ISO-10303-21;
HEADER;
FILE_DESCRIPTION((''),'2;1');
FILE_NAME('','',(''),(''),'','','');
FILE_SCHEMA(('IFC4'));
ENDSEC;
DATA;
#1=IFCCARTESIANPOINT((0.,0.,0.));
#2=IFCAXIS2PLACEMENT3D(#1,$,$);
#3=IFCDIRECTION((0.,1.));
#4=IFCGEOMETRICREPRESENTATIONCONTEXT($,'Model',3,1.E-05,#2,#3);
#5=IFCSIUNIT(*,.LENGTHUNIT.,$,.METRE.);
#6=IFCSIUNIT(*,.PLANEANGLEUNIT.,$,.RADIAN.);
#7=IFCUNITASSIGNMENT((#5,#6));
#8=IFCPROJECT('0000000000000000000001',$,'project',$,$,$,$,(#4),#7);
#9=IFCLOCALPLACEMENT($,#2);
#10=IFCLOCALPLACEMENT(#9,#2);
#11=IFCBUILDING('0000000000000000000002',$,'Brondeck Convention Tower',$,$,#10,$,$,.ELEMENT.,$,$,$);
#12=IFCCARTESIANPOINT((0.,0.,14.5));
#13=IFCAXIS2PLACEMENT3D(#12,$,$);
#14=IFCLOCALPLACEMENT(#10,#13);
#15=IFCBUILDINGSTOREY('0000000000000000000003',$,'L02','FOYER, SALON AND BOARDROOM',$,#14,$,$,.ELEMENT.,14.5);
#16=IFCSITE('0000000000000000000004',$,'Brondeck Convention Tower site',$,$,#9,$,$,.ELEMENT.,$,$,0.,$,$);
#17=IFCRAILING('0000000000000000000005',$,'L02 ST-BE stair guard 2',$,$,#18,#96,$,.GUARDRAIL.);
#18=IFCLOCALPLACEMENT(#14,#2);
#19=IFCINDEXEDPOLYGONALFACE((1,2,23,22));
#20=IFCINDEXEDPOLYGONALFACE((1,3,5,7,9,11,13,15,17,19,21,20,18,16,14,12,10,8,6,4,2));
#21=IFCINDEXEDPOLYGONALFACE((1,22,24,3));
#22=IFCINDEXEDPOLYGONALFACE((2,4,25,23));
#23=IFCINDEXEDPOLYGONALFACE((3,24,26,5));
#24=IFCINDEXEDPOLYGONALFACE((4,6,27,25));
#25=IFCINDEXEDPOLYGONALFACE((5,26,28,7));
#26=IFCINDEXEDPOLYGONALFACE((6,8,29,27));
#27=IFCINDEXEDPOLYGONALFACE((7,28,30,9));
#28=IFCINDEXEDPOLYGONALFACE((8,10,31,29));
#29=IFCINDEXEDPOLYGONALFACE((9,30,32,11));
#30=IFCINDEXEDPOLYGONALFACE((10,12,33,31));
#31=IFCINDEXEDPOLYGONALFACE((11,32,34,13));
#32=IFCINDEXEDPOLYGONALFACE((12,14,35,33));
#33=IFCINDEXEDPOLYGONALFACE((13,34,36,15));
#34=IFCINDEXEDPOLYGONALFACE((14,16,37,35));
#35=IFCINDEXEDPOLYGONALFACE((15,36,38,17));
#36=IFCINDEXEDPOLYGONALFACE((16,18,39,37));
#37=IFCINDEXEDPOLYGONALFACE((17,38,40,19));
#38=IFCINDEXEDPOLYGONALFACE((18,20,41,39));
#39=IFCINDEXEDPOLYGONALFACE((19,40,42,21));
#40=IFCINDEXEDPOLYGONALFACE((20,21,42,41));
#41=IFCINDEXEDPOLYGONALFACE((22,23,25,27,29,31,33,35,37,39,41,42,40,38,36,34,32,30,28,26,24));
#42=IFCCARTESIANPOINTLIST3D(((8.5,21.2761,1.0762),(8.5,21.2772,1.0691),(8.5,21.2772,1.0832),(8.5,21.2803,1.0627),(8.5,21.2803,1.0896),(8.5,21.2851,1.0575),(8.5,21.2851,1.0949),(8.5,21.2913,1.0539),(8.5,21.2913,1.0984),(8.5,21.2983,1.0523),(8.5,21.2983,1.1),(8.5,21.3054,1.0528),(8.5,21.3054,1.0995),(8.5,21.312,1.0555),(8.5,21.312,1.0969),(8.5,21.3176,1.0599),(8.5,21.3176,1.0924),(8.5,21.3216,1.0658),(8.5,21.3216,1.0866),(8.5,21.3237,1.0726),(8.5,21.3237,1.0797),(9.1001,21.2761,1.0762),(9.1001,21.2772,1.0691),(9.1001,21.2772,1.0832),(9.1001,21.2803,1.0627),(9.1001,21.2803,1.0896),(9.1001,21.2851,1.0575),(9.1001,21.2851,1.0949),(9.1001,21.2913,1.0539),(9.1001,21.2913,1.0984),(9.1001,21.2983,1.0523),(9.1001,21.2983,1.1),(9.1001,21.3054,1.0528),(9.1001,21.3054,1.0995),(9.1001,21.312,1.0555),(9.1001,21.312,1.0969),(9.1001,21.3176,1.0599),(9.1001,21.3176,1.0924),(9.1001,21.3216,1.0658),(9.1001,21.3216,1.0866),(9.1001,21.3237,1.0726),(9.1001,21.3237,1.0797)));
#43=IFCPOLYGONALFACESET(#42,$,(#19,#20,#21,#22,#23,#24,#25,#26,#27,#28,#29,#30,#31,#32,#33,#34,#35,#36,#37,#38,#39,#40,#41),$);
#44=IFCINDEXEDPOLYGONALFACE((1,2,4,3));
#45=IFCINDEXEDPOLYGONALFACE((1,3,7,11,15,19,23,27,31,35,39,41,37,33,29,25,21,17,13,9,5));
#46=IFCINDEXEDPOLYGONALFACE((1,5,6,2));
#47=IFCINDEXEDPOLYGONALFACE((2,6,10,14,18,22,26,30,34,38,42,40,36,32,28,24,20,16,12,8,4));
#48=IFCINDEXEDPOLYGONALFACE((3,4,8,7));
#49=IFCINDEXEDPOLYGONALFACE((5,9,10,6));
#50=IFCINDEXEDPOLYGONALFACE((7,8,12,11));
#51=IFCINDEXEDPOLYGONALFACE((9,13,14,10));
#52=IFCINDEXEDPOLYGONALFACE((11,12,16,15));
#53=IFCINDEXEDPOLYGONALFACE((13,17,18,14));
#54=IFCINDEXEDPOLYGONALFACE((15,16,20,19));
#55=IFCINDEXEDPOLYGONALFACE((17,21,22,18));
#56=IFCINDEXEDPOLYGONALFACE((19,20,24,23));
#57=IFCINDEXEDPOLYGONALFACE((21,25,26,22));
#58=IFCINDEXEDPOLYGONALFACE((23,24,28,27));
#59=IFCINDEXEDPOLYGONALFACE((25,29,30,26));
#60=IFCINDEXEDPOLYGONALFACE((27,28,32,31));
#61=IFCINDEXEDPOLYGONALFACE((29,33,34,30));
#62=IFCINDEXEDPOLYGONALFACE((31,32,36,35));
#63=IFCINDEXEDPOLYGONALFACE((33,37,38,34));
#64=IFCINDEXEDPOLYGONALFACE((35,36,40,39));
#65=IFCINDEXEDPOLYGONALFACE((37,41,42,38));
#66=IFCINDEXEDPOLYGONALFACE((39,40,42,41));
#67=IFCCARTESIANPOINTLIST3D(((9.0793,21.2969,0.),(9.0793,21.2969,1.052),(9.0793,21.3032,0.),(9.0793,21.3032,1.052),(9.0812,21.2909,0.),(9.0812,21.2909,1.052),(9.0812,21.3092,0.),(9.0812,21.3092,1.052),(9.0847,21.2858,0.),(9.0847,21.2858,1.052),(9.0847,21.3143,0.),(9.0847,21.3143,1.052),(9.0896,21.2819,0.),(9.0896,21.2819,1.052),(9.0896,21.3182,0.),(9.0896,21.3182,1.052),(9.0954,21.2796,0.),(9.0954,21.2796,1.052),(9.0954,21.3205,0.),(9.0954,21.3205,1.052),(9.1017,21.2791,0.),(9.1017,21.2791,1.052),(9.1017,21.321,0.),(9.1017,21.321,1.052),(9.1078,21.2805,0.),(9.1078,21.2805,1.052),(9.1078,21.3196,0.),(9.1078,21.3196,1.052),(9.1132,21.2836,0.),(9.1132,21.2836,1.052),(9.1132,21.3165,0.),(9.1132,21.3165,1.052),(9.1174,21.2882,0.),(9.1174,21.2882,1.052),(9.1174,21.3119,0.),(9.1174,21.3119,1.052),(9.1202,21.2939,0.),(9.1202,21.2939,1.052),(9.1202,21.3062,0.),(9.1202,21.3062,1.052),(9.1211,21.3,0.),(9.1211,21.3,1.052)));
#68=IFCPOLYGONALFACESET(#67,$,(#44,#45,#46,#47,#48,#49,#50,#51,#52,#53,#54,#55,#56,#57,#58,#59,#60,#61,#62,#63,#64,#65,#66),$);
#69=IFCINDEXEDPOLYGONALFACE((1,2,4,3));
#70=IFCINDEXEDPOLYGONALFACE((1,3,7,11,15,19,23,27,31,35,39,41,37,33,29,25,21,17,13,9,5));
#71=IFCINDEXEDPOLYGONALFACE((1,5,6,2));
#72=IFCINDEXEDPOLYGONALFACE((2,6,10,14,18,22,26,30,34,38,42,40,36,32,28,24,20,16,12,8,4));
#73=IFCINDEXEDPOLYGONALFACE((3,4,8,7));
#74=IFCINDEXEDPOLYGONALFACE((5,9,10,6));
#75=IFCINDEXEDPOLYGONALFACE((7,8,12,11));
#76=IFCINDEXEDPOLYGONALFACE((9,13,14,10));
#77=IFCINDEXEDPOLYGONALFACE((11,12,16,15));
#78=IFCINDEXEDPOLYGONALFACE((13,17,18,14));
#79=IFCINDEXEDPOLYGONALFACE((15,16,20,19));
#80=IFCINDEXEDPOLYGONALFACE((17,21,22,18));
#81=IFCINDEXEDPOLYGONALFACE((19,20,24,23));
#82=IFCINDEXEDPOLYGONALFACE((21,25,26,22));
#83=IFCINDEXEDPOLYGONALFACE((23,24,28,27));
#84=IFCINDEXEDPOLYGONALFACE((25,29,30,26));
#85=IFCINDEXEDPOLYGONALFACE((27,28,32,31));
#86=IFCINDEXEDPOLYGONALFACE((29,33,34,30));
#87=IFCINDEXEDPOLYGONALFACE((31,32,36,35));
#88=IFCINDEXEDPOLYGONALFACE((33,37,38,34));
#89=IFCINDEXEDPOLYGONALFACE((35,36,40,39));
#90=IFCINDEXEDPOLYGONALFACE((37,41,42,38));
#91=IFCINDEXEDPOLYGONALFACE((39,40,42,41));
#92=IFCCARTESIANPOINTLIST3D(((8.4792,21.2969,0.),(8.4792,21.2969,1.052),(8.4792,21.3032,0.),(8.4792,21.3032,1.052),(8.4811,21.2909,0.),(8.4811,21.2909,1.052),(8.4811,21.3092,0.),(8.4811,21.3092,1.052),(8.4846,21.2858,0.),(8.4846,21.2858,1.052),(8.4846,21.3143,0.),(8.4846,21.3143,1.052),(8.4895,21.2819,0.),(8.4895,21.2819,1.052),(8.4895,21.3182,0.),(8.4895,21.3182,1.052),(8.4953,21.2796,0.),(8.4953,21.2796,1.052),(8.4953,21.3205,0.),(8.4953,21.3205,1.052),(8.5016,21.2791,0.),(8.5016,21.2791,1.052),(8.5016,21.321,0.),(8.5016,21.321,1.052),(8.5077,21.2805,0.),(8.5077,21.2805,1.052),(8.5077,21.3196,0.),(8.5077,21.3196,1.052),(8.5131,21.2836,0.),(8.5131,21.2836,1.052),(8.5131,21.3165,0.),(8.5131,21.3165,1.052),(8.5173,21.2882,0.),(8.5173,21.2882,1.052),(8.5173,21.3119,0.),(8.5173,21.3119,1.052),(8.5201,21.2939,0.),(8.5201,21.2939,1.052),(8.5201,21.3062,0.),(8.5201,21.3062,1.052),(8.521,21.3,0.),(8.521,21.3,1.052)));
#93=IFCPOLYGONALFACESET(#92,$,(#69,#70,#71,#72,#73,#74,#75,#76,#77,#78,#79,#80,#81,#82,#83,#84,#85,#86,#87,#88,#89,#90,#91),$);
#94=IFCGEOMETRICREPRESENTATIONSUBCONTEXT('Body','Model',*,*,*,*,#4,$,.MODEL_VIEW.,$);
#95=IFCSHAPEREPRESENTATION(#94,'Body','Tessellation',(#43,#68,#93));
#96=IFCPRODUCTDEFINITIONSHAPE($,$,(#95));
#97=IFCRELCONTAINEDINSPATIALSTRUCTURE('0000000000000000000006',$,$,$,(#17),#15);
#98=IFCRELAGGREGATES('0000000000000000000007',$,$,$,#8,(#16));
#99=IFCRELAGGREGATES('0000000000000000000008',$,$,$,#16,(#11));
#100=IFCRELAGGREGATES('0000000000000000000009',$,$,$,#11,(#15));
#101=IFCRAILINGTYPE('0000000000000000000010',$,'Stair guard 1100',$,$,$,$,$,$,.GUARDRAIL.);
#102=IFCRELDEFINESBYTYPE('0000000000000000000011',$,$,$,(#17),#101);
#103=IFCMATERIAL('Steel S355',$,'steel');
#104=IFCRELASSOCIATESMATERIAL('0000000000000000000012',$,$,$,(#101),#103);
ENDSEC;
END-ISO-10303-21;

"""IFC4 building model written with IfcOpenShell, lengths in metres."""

from ifc_helpers import new_model, si_unit, direction, frame, origin, origin_2d, place, context, subcontext, project, spatial, circle, extrude, material, type_object, element, save


model = new_model("IFC4")

# Units and contexts
model_context = context("Model", 3, precision=1e-05, world=origin(), true_north=direction((0.0, 1.0)))
body_context = subcontext(model_context, "Body", "Model", "MODEL_VIEW")
ifc_project = project(units=[si_unit("LENGTHUNIT", "METRE"), si_unit("PLANEANGLEUNIT", "RADIAN")], contexts=[model_context])

# Site, building, storey
site_placement = place(None, origin())
site = spatial("IfcSite", under=ifc_project, at=site_placement, Name="Brondeck Convention Tower site", CompositionType="ELEMENT", RefElevation=0.0)
building_placement = place(site_placement, origin())
building = spatial("IfcBuilding", under=site, at=building_placement, Name="Brondeck Convention Tower", CompositionType="ELEMENT")
storey_placement = place(building_placement, frame((0.0, 0.0, 14.5)))
storey = spatial("IfcBuildingStorey", under=building, at=storey_placement, Name="L02", Description="FOYER, SALON AND BOARDROOM", CompositionType="ELEMENT", Elevation=14.5)

# Shared definitions
ifc_material_1 = material(Name="Steel S355", Category="steel")

# Railing
railing_type_1 = type_object("IfcRailingType", Name="Stair guard 1100", PredefinedType="GUARDRAIL", material=ifc_material_1)
railing_1_placement = place(storey_placement, frame((9.1001, 21.3, 0.0)))
element("IfcRailing", 1, at=railing_1_placement, inside=storey, type_object=railing_type_1, Name="L02 ST-BE stair guard 2", PredefinedType="GUARDRAIL", context=body_context, shape_type="SweptSolid", body=[
    extrude(circle(Radius=0.0239, at=origin_2d()), frame((0.0, 0.0, 1.0762), z_axis=(-1.0, 0.0, 0.0), x_axis=(0.0, -1.0, 0.0)), (0.0, 0.0, 1.0), 0.6001),
    extrude(circle(Radius=0.021, at=origin_2d()), origin(), (0.0, 0.0, 1.0), 1.052),
    extrude(circle(Radius=0.021, at=origin_2d()), frame((-0.6001, 0.0, 0.0)), (0.0, 0.0, 1.0), 1.052),
])

save(model, "model.ifc")
